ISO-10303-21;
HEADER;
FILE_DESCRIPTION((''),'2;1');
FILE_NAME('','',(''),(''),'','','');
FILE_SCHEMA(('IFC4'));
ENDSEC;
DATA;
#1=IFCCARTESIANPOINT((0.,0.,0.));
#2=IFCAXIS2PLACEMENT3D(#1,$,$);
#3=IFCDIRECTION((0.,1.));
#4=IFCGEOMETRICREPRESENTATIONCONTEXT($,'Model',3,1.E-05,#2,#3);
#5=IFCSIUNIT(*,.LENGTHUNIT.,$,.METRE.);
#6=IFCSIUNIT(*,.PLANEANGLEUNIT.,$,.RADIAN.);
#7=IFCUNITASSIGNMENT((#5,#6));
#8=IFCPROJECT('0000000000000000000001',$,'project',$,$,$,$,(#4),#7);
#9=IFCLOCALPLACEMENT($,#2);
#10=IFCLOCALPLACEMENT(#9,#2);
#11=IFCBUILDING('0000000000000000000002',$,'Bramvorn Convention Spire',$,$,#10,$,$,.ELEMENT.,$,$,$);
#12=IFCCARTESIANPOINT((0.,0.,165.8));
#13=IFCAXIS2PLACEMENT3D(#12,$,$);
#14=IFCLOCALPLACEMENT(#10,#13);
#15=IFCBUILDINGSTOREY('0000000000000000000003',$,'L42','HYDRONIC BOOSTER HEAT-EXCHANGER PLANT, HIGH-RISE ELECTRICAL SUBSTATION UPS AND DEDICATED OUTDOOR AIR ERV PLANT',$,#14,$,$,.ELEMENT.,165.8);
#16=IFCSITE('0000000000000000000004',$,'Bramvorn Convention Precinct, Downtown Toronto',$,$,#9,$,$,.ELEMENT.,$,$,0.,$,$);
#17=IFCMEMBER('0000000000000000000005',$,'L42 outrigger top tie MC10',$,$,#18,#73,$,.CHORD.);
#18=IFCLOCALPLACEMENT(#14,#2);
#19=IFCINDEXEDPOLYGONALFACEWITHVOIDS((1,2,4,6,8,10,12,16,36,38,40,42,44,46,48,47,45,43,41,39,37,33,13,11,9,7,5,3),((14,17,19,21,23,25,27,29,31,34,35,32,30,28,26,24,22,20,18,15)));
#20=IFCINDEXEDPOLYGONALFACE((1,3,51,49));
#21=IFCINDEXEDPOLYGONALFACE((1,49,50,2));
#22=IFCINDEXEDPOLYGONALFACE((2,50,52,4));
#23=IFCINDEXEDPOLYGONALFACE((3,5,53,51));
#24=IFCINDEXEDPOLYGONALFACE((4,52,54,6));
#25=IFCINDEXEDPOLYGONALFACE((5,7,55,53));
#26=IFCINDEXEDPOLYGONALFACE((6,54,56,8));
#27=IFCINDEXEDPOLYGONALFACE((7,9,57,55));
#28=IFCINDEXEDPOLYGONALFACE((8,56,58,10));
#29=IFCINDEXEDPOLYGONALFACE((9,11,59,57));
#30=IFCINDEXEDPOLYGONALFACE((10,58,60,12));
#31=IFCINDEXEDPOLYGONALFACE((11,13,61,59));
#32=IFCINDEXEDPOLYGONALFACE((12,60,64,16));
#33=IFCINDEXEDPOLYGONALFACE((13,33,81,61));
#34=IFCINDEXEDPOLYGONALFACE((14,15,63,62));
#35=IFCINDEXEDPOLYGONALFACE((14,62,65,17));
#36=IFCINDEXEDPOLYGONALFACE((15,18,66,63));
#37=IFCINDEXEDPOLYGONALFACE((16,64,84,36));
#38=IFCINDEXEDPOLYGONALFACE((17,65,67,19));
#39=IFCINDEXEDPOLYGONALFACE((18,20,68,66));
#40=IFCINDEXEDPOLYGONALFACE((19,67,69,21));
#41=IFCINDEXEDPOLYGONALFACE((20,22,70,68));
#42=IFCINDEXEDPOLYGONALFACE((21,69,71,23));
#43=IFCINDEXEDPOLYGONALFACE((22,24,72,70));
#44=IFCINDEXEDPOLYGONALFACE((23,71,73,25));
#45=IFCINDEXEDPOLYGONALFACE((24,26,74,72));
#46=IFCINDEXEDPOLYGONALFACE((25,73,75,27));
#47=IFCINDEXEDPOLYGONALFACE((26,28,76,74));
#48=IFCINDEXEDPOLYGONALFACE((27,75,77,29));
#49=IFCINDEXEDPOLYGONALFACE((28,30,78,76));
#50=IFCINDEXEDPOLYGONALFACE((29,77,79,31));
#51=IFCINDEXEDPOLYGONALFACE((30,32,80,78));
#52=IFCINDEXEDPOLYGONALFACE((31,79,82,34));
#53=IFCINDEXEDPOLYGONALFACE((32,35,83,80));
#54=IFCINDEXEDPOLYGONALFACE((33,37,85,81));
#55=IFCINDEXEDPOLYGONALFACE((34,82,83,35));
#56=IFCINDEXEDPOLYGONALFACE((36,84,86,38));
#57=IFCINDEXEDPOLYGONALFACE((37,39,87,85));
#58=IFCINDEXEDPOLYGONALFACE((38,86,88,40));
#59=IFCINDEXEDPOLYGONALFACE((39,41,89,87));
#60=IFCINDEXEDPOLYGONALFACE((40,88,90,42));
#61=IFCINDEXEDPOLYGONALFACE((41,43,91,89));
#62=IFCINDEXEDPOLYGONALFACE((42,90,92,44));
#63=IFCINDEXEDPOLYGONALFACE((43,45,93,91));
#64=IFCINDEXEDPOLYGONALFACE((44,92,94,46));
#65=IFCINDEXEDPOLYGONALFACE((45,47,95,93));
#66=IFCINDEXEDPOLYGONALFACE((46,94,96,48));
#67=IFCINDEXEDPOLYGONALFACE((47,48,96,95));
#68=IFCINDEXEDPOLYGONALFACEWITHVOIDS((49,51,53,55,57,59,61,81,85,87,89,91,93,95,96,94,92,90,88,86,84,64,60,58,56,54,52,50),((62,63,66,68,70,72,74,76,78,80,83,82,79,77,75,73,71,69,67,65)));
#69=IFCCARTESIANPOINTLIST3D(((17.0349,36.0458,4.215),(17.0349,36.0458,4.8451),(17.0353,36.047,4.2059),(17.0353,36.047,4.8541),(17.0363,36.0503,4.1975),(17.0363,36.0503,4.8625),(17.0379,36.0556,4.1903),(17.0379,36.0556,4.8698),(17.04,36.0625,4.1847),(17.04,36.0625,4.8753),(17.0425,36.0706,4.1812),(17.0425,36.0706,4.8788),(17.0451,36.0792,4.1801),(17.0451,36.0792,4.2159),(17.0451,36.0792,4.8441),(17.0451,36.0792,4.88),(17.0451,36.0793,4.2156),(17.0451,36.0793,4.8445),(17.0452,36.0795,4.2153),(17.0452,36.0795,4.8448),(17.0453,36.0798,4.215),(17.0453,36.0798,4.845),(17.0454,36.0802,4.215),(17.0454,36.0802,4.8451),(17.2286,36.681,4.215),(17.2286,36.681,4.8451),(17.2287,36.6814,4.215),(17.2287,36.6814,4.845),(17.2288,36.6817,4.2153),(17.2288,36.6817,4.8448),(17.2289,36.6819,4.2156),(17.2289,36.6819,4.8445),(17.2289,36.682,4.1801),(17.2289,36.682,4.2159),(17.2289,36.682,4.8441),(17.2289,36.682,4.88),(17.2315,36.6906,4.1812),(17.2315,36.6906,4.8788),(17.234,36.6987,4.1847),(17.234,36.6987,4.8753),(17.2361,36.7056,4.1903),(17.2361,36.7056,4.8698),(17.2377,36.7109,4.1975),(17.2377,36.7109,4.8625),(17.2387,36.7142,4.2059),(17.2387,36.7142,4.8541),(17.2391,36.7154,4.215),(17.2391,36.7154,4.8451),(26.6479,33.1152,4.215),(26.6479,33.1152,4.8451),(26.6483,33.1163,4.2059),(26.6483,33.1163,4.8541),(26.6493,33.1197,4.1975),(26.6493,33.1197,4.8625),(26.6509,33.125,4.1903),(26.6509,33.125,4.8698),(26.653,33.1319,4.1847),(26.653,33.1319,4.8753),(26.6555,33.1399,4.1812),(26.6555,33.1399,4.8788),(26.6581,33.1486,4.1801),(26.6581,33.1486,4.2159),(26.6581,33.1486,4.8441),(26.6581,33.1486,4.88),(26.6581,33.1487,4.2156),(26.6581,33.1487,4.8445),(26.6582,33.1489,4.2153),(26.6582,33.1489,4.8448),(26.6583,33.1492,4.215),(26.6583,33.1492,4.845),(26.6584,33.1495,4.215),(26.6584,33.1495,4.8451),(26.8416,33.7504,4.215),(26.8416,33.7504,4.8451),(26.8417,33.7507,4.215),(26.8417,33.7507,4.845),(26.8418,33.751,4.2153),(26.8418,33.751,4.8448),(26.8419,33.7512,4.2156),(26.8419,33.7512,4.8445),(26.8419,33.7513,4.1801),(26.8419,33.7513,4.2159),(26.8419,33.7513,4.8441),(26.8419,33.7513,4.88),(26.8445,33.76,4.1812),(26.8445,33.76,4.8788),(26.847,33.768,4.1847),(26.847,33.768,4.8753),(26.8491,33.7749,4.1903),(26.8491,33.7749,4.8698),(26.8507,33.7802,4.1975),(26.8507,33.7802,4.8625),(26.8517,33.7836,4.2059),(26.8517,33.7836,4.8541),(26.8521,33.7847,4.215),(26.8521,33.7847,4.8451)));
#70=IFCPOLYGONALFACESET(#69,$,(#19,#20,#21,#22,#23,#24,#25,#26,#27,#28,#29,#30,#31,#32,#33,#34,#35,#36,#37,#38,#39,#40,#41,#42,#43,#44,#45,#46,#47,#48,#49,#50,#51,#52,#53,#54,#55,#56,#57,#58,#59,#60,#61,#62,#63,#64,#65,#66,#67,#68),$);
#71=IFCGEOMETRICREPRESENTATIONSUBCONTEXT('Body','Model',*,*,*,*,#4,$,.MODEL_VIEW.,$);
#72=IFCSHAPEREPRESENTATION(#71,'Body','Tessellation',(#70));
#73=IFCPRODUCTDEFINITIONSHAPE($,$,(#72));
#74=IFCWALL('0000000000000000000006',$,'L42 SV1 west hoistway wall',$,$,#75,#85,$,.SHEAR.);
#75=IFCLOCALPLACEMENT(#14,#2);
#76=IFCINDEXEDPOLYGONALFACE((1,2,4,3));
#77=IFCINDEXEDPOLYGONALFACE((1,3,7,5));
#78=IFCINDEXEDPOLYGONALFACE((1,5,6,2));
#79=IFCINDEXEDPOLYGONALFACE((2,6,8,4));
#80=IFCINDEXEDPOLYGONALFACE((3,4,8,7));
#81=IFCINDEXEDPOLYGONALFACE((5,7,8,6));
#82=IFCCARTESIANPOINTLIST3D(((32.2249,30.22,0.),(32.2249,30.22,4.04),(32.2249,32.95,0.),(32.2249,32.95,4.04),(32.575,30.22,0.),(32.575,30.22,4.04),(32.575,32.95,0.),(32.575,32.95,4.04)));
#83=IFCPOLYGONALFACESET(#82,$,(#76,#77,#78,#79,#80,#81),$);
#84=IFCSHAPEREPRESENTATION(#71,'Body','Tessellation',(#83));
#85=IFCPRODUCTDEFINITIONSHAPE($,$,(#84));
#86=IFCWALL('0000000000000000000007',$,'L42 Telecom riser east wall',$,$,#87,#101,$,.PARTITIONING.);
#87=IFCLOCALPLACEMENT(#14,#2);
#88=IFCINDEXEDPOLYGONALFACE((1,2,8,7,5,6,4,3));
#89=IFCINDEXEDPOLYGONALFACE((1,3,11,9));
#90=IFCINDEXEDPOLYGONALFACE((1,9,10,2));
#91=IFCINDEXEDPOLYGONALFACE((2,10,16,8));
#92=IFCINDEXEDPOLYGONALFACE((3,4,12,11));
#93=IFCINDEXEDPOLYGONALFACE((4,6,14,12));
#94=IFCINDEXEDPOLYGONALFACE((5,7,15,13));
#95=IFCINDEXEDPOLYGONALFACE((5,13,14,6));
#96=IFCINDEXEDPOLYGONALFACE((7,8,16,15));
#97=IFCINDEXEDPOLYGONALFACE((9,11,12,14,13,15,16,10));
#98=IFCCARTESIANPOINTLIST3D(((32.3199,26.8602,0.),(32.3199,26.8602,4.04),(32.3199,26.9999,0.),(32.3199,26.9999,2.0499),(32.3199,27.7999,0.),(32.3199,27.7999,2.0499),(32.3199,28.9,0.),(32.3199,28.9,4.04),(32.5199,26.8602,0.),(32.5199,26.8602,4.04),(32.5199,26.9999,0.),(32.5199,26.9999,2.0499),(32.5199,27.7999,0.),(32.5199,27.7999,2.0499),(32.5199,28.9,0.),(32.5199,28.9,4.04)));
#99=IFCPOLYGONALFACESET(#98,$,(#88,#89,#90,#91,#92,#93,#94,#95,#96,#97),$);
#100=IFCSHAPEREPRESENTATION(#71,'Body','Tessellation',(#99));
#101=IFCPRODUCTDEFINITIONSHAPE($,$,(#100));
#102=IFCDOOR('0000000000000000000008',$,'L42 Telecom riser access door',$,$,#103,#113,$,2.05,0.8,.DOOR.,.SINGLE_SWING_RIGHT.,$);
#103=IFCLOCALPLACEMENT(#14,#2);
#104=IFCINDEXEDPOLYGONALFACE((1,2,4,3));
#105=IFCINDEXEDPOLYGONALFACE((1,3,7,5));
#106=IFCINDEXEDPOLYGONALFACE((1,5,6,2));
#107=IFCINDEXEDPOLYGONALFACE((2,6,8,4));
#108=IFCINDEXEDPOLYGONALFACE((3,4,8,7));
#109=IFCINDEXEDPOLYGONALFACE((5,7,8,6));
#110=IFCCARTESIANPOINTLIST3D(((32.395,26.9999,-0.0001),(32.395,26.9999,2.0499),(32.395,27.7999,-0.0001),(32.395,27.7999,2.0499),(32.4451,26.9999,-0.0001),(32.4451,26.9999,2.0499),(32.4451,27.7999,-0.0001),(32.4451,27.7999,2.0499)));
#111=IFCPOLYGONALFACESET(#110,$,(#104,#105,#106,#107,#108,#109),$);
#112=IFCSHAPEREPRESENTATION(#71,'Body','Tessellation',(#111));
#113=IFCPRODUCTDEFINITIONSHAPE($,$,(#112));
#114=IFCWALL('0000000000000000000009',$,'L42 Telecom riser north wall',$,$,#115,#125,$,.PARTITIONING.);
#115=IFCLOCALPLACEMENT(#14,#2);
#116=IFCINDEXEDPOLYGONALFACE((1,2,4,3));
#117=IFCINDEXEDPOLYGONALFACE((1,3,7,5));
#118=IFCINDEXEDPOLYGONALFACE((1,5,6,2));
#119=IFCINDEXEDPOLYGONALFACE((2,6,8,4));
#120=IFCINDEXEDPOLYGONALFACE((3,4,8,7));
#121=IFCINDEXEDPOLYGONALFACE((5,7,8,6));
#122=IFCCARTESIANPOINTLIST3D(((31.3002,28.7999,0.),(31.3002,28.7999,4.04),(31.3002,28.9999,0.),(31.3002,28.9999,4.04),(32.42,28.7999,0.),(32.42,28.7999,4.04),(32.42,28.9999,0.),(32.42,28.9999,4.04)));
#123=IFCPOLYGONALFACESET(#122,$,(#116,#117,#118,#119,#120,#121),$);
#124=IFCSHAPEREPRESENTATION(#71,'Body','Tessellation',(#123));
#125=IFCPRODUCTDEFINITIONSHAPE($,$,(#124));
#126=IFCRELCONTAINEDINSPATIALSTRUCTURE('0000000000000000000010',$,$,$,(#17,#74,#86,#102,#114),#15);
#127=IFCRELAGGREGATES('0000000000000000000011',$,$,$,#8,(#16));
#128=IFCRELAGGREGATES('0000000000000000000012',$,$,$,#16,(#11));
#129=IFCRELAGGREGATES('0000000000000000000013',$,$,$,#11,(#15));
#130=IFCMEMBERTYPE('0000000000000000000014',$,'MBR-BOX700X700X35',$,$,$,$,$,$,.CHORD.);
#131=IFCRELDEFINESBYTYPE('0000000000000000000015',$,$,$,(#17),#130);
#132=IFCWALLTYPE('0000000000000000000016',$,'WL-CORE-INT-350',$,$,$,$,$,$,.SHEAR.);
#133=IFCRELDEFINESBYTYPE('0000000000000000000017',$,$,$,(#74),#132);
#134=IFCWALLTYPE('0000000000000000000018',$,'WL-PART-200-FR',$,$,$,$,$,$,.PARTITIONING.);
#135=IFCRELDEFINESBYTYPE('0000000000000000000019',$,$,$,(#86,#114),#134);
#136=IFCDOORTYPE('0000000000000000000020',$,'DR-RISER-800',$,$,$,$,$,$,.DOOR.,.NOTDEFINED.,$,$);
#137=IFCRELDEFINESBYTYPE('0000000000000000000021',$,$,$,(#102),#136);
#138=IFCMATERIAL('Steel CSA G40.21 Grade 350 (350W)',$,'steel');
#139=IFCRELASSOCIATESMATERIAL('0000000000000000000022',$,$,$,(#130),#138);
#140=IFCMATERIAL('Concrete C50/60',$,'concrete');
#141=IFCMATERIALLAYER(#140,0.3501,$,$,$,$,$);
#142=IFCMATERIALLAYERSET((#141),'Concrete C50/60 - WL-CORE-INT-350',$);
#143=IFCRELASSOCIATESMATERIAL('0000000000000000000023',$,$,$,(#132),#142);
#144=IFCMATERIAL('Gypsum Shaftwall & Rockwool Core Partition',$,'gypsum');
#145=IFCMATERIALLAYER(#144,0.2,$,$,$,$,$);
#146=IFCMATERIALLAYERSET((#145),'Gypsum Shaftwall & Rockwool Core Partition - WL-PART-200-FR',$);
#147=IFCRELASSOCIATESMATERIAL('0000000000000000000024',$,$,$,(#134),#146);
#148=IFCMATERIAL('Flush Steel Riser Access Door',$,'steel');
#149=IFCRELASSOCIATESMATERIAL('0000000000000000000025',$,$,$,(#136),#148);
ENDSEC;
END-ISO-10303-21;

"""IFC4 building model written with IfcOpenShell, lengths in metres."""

from ifc_helpers import new_model, si_unit, direction, frame, frame_2d, origin, origin_2d, place, context, subcontext, project, spatial, rectangle, hollow_rectangle, extrude, material, layer, layer_set, material_profile, profile_set, type_object, element, fill, save


model = new_model("IFC4")

# Units and contexts
model_context = context("Model", 3, precision=1e-05, world=origin(), true_north=direction((0.0, 1.0)))
body_context = subcontext(model_context, "Body", "Model", "MODEL_VIEW")
ifc_project = project(units=[si_unit("LENGTHUNIT", "METRE"), si_unit("PLANEANGLEUNIT", "RADIAN")], contexts=[model_context])

# Site, building, storey
site_placement = place(None, origin())
site = spatial("IfcSite", under=ifc_project, at=site_placement, Name="Bramvorn Convention Precinct, Downtown Toronto", CompositionType="ELEMENT", RefElevation=0.0)
building_placement = place(site_placement, origin())
building = spatial("IfcBuilding", under=site, at=building_placement, Name="Bramvorn Convention Spire", CompositionType="ELEMENT")
storey_placement = place(building_placement, frame((0.0, 0.0, 165.8)))
storey = spatial("IfcBuildingStorey", under=building, at=storey_placement, Name="L42", Description="HYDRONIC BOOSTER HEAT-EXCHANGER PLANT, HIGH-RISE ELECTRICAL SUBSTATION UPS AND DEDICATED OUTDOOR AIR ERV PLANT", CompositionType="ELEMENT", Elevation=165.8)

# Shared definitions
ifc_material_1 = material(Name="Steel CSA G40.21 Grade 350 (350W)", Category="steel")

# Member
ifc_material_profile_1 = material_profile(ifc_material_1, hollow_rectangle(XDim=0.7, YDim=0.7, WallThickness=0.0349, InnerFilletRadius=0.001, OuterFilletRadius=0.0349, at=origin_2d()))
ifc_profile_set_1 = profile_set([ifc_material_profile_1], Name="Steel CSA G40.21 Grade 350 (350W) - BOX700X700X35")
member_type = type_object("IfcMemberType", Name="MBR-BOX700X700X35", PredefinedType="CHORD", material=ifc_profile_set_1)
member_1_placement = place(storey_placement, frame((26.75, 33.45, 4.53), z_axis=(-0.956536, 0.291613, 0.0), x_axis=(-0.291613, -0.956536, 0.0)))
element("IfcMember", 1, at=member_1_placement, inside=storey, type_object=member_type, Name="L42 outrigger top tie MC10", PredefinedType="CHORD", context=body_context, shape_type="SweptSolid", body=[
    extrude(hollow_rectangle(XDim=0.7, YDim=0.7, WallThickness=0.0349, InnerFilletRadius=0.001, OuterFilletRadius=0.0349, at=origin_2d()), origin(), (0.0, 0.0, 1.0), 10.0498),
])

# Shared definitions
ifc_material_2 = material(Name="Concrete C50/60", Category="concrete")
ifc_layer_1 = layer(ifc_material_2, 0.3501)
ifc_layer_set_1 = layer_set([ifc_layer_1], Name="Concrete C50/60 - WL-CORE-INT-350")
wall_type_1 = type_object("IfcWallType", Name="WL-CORE-INT-350", PredefinedType="SHEAR", material=ifc_layer_set_1)

# Wall
wall_1_placement = place(storey_placement, frame((32.3999, 30.22, 0.0), z_axis=(0.0, 0.0, 1.0), x_axis=(0.0, 1.0, 0.0)))
element("IfcWall", 2, at=wall_1_placement, inside=storey, type_object=wall_type_1, Name="L42 SV1 west hoistway wall", PredefinedType="SHEAR", context=body_context, shape_type="SweptSolid", body=[
    extrude(rectangle(XDim=2.73, YDim=0.3501, at=frame_2d((1.365, 0.0))), origin(), (0.0, 0.0, 1.0), 4.04),
])

# Wall, opening, door
ifc_material_3 = material(Name="Gypsum Shaftwall & Rockwool Core Partition", Category="gypsum")
ifc_layer_2 = layer(ifc_material_3, 0.2)
ifc_layer_set_2 = layer_set([ifc_layer_2], Name="Gypsum Shaftwall & Rockwool Core Partition - WL-PART-200-FR")
wall_type_2 = type_object("IfcWallType", Name="WL-PART-200-FR", PredefinedType="PARTITIONING", material=ifc_layer_set_2)
wall_2_placement = place(storey_placement, frame((32.4199, 26.8601, 0.0), z_axis=(0.0, 0.0, 1.0), x_axis=(0.0, 1.0, 0.0)))
wall_2 = element("IfcWall", 3, at=wall_2_placement, inside=storey, type_object=wall_type_2, Name="L42 Telecom riser east wall", PredefinedType="PARTITIONING", context=body_context, shape_type="SweptSolid", body=[
    extrude(rectangle(XDim=2.0398, YDim=0.2, at=frame_2d((1.02, 0.0))), origin(), (0.0, 0.0, 1.0), 4.04),
])
opening_1_placement = place(wall_2_placement, frame((0.1399, 0.0, 0.0)))
opening_1 = element("IfcOpeningElement", 4, at=opening_1_placement, cuts=wall_2, PredefinedType="OPENING", context=body_context, shape_type="SweptSolid", body=[
    extrude(rectangle(XDim=0.8, YDim=2.05, at=frame_2d((0.3999, 1.0249))), frame((0.0, 0.1099, 0.0), z_axis=(0.0, -1.0, 0.0), x_axis=(1.0, 0.0, 0.0)), (0.0, 0.0, 1.0), 0.22),
])
ifc_material_4 = material(Name="Flush Steel Riser Access Door", Category="steel")
door_type_1 = type_object("IfcDoorType", Name="DR-RISER-800", OperationType="NOTDEFINED", PredefinedType="DOOR", material=ifc_material_4)
door_1_placement = place(opening_1_placement, origin())
door_1 = element("IfcDoor", 5, at=door_1_placement, inside=storey, type_object=door_type_1, Name="L42 Telecom riser access door", OperationType="SINGLE_SWING_RIGHT", OverallHeight=2.05, OverallWidth=0.8, PredefinedType="DOOR", context=body_context, shape_type="SweptSolid", body=[
    extrude(rectangle(XDim=0.8, YDim=2.05, at=frame_2d((0.3999, 1.0249))), frame((0.0, 0.0249, 0.0), z_axis=(0.0, -1.0, 0.0), x_axis=(1.0, 0.0, 0.0)), (0.0, 0.0, 1.0), 0.05),
])
fill(opening_1, door_1)

# Wall
wall_3_placement = place(storey_placement, frame((31.3, 28.8999, 0.0), z_axis=(0.0, 0.0, 1.0), x_axis=(1.0, 0.0, 0.0)))
element("IfcWall", 6, at=wall_3_placement, inside=storey, type_object=wall_type_2, Name="L42 Telecom riser north wall", PredefinedType="PARTITIONING", context=body_context, shape_type="SweptSolid", body=[
    extrude(rectangle(XDim=1.1199, YDim=0.2, at=frame_2d((0.5601, 0.0))), origin(), (0.0, 0.0, 1.0), 4.04),
])

save(model, "model.ifc")
